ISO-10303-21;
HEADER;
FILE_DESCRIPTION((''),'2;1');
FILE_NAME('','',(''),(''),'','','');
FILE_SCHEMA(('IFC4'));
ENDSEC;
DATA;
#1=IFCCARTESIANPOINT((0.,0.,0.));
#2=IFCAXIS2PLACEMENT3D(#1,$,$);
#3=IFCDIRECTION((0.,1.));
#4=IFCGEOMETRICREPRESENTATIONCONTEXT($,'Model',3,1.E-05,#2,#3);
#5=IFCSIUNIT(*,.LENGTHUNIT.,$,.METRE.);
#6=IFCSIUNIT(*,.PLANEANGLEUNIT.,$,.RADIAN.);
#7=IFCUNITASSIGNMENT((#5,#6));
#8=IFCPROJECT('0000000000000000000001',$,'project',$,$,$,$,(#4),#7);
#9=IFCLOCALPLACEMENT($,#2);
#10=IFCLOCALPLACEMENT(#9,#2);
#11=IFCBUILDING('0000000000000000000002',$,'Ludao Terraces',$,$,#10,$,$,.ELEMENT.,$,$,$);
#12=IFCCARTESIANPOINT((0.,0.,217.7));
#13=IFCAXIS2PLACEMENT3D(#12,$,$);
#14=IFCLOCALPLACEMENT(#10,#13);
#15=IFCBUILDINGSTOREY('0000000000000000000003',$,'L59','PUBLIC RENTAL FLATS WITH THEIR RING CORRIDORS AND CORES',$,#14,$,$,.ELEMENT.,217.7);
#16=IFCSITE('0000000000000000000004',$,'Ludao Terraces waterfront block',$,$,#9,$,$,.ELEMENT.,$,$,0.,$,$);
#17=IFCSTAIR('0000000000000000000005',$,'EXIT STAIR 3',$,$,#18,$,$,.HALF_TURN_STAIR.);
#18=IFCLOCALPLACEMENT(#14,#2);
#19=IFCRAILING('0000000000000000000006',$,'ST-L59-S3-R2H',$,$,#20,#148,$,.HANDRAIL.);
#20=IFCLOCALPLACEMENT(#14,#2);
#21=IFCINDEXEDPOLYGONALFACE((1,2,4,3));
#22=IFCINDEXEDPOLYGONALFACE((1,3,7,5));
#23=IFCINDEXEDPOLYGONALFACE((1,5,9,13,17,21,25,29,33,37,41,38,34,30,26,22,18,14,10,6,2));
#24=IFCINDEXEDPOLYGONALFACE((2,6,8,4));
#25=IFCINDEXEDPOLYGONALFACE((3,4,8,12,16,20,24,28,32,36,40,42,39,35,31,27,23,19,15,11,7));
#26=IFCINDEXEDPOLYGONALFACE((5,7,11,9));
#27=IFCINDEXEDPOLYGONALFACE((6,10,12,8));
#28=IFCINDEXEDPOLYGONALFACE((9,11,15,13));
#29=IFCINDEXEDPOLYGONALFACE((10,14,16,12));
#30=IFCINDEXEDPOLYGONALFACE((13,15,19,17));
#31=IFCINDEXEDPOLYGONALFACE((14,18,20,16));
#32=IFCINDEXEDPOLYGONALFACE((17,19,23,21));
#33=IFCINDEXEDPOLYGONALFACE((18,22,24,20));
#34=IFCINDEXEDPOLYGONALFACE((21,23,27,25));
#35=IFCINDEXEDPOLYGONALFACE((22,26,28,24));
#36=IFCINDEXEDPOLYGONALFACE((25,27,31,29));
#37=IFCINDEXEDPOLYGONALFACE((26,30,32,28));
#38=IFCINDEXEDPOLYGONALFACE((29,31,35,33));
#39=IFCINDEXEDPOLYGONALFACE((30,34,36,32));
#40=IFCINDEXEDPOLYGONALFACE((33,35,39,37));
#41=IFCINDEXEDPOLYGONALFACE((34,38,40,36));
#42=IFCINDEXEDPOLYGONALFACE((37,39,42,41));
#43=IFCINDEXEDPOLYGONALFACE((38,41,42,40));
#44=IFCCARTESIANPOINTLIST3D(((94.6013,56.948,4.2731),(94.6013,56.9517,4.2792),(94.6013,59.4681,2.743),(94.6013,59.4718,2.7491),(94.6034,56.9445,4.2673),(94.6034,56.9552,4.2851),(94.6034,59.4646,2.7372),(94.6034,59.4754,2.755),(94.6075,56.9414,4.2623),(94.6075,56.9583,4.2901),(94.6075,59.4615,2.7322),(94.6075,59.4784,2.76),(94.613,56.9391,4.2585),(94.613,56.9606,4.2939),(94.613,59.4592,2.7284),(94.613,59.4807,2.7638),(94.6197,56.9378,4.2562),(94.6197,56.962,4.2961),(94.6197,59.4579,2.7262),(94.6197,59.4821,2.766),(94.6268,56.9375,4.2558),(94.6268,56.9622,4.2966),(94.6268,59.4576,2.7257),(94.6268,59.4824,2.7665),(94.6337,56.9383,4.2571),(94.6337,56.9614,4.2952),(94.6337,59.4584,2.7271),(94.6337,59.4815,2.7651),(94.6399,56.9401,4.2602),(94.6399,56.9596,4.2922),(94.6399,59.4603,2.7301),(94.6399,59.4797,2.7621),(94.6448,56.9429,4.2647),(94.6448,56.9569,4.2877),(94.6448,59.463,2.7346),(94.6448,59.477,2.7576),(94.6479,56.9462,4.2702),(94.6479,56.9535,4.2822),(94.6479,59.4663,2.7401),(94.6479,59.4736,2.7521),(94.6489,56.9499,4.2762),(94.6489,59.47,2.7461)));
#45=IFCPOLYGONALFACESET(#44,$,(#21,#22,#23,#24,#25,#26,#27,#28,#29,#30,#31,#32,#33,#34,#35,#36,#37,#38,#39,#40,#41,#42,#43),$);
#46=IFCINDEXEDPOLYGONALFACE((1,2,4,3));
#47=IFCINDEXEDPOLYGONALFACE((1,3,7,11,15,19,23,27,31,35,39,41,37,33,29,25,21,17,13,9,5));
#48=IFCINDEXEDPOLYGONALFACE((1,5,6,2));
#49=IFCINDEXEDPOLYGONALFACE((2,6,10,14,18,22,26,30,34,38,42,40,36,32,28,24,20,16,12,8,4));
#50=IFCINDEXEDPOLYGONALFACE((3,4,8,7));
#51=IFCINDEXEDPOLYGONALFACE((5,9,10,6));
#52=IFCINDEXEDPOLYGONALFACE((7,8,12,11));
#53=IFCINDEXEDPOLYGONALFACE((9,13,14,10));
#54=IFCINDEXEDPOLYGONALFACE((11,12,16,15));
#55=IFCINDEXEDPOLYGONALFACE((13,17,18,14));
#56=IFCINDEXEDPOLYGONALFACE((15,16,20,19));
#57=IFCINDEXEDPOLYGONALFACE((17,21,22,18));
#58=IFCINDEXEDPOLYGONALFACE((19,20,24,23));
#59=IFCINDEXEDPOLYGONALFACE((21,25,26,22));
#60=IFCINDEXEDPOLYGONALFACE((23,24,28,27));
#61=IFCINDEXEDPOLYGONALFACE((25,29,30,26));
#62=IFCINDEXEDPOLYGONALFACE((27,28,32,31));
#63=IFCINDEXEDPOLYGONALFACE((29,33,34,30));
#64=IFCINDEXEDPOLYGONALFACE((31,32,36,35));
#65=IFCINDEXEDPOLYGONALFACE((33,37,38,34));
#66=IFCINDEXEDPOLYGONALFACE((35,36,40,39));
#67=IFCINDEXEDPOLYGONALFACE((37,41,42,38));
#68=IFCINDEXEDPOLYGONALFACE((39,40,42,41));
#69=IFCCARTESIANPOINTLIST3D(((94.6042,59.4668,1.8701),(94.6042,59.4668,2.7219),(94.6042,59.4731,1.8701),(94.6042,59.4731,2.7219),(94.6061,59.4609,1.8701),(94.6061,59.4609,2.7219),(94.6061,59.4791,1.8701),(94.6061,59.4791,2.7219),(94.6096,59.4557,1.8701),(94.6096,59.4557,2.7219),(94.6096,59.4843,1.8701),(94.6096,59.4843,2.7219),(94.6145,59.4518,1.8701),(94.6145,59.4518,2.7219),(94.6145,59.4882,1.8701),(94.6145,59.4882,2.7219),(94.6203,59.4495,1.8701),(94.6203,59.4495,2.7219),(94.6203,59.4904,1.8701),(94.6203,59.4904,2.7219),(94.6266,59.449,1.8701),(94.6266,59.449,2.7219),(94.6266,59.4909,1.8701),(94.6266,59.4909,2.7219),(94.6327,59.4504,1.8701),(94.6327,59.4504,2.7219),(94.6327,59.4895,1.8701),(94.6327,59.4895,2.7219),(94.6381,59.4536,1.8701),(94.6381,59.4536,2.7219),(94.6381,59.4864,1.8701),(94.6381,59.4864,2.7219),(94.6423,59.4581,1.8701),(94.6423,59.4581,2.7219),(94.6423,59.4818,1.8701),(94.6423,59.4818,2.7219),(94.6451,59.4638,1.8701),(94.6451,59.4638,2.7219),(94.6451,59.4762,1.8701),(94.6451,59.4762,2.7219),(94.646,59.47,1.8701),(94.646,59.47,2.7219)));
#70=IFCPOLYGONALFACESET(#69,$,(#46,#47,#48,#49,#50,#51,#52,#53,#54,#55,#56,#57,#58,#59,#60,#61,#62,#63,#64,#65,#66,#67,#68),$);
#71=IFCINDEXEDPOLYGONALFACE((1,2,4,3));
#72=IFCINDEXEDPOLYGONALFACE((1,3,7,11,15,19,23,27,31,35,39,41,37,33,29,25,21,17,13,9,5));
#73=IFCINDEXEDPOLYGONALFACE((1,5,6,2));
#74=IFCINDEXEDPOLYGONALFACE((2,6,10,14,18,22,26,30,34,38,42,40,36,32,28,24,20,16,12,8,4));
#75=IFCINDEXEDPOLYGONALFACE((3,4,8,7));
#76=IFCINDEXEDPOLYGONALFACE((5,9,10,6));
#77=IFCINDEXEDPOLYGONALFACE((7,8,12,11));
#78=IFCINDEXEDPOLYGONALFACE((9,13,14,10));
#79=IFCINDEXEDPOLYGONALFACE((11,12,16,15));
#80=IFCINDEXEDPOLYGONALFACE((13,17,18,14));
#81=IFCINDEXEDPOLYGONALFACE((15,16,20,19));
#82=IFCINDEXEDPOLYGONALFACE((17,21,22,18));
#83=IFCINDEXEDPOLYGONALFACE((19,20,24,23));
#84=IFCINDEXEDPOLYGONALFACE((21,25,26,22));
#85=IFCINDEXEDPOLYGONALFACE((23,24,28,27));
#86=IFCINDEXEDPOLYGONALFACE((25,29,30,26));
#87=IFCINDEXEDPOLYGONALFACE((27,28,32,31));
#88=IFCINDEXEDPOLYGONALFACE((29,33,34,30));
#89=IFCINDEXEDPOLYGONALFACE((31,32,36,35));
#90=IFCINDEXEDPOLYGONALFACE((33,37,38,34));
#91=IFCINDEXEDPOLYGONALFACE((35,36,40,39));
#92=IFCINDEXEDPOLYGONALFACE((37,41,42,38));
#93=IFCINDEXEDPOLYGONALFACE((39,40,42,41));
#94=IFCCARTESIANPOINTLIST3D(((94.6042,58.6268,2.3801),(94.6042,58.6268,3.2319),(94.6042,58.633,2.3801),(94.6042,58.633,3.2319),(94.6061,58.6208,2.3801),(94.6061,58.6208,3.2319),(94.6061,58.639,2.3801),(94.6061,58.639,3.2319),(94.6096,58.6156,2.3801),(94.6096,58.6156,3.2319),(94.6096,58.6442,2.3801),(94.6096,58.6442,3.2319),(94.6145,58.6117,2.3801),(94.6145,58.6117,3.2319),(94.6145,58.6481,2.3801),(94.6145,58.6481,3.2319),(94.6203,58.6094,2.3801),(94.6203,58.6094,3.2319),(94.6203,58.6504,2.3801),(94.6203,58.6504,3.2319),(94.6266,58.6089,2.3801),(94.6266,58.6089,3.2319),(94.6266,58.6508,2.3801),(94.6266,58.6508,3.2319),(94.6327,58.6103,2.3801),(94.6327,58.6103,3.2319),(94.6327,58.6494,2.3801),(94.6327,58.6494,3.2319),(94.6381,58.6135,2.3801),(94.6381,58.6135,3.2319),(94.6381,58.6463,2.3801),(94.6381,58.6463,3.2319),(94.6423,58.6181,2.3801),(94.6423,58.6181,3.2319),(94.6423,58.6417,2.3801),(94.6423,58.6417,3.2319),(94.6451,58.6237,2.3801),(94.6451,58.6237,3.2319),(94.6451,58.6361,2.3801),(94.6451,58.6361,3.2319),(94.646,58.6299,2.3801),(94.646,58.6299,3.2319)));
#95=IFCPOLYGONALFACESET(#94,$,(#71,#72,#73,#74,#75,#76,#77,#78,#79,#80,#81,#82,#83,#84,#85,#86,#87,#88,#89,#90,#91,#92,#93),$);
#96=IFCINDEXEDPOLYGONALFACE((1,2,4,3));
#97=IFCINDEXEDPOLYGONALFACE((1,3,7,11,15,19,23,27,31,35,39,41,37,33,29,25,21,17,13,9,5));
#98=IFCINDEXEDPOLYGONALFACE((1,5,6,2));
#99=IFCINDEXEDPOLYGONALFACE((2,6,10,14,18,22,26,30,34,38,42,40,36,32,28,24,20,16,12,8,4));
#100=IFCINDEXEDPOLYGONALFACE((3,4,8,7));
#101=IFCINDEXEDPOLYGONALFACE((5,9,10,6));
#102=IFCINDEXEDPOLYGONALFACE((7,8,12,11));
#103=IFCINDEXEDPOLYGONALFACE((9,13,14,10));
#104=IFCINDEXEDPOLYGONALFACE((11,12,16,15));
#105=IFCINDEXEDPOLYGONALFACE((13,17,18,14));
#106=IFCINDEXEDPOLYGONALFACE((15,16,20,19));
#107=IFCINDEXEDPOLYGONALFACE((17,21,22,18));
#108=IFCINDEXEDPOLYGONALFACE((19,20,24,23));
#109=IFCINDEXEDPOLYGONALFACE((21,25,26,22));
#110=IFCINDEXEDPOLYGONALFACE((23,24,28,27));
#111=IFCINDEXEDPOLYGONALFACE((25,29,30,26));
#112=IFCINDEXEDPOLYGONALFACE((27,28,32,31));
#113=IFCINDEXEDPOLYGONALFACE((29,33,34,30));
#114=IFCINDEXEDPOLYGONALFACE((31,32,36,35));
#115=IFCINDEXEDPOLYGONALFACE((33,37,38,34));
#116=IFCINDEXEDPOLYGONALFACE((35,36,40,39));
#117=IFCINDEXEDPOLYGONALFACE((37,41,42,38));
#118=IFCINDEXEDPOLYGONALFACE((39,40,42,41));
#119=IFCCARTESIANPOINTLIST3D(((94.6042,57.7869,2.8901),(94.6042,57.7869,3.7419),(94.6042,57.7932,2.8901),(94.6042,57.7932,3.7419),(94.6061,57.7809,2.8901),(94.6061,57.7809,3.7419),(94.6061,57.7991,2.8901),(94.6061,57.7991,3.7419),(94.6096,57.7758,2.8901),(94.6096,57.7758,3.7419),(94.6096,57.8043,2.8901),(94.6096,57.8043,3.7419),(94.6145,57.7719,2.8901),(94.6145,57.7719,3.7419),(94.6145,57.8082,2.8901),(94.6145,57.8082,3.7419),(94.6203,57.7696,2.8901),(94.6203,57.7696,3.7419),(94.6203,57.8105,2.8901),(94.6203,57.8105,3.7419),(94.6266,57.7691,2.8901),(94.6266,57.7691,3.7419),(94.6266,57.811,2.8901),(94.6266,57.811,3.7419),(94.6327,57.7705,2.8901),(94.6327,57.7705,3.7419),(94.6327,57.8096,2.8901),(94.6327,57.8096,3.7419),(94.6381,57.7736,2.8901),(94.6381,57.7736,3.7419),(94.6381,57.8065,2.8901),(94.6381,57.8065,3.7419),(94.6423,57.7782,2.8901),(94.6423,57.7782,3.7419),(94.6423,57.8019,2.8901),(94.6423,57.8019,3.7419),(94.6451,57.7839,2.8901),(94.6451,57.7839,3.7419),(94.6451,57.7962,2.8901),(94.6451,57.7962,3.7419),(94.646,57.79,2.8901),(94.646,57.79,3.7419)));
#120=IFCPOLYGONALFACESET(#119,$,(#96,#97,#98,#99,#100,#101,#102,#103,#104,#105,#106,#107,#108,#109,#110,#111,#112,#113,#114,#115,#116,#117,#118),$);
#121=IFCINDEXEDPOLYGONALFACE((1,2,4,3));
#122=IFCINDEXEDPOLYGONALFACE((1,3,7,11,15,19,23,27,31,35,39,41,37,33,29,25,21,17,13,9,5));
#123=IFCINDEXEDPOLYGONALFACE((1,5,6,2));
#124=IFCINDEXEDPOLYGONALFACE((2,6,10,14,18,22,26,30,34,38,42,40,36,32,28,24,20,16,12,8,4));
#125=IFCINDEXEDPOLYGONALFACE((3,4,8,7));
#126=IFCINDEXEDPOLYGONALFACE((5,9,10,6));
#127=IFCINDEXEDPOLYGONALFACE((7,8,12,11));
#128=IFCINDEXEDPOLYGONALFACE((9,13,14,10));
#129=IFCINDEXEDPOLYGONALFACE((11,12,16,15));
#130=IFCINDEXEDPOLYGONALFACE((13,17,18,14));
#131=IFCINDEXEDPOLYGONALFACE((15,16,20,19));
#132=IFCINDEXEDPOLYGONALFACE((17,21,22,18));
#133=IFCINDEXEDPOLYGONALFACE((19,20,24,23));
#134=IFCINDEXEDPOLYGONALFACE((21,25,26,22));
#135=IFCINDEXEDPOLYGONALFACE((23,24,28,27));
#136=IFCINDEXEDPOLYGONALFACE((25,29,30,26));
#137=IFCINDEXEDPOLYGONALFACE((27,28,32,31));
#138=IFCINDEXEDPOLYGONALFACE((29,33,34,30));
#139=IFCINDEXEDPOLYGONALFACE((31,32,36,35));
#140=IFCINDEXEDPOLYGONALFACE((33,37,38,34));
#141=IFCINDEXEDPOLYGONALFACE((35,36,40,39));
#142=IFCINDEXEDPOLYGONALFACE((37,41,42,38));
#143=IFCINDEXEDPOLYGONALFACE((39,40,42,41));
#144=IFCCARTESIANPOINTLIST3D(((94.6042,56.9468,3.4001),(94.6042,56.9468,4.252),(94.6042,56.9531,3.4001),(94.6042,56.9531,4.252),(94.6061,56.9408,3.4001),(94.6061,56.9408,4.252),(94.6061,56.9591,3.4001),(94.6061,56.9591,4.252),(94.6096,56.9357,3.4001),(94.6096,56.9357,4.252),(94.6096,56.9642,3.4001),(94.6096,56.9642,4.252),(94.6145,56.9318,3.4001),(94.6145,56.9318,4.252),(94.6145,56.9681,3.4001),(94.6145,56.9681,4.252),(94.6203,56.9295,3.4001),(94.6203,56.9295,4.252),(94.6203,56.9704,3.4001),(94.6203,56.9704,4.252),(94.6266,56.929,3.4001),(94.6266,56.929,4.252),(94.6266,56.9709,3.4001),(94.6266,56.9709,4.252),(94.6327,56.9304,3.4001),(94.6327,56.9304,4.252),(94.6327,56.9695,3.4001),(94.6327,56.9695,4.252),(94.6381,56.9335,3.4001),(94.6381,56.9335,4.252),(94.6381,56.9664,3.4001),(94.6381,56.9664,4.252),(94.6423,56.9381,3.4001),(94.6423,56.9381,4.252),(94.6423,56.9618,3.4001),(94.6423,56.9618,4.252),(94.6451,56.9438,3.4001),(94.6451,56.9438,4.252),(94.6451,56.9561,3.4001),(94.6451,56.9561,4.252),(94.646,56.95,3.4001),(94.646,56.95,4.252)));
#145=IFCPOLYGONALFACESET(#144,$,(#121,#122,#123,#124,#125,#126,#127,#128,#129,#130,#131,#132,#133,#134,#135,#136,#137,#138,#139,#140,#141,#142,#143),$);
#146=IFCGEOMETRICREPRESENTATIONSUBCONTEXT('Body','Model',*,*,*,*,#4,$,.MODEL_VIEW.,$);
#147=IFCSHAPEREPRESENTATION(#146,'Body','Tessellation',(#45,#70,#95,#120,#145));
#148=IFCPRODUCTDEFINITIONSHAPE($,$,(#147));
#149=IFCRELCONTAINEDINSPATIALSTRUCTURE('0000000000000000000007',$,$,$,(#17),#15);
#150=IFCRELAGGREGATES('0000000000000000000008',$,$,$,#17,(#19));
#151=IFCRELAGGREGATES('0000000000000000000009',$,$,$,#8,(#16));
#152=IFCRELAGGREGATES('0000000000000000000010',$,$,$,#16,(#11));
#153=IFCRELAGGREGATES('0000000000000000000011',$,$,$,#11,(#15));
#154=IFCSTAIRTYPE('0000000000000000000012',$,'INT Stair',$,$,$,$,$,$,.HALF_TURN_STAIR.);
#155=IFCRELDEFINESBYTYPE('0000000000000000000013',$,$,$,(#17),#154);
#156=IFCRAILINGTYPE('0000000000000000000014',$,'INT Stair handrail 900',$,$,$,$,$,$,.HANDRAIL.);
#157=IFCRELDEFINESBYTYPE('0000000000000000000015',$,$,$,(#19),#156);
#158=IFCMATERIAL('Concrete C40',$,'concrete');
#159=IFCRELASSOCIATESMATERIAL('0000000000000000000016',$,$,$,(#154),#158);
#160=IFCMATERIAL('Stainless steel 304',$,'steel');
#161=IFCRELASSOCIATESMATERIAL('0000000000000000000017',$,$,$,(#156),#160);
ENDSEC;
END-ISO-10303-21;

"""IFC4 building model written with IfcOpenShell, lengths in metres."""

from ifc_helpers import new_model, si_unit, direction, frame, origin, origin_2d, place, context, subcontext, project, spatial, circle, extrude, material, type_object, element, aggregate, save


model = new_model("IFC4")

# Units and contexts
model_context = context("Model", 3, precision=1e-05, world=origin(), true_north=direction((0.0, 1.0)))
body_context = subcontext(model_context, "Body", "Model", "MODEL_VIEW")
ifc_project = project(units=[si_unit("LENGTHUNIT", "METRE"), si_unit("PLANEANGLEUNIT", "RADIAN")], contexts=[model_context])

# Site, building, storey
site_placement = place(None, origin())
site = spatial("IfcSite", under=ifc_project, at=site_placement, Name="Ludao Terraces waterfront block", CompositionType="ELEMENT", RefElevation=0.0)
building_placement = place(site_placement, origin())
building = spatial("IfcBuilding", under=site, at=building_placement, Name="Ludao Terraces", CompositionType="ELEMENT")
storey_placement = place(building_placement, frame((0.0, 0.0, 217.7)))
storey = spatial("IfcBuildingStorey", under=building, at=storey_placement, Name="L59", Description="PUBLIC RENTAL FLATS WITH THEIR RING CORRIDORS AND CORES", CompositionType="ELEMENT", Elevation=217.7)

# Shared definitions
ifc_material_1 = material(Name="Concrete C40", Category="concrete")

# Stair, railing
stair_type = type_object("IfcStairType", Name="INT Stair", PredefinedType="HALF_TURN_STAIR", material=ifc_material_1)
stair_placement = place(storey_placement, origin())
stair = element("IfcStair", 1, at=stair_placement, inside=storey, type_object=stair_type, Name="EXIT STAIR 3", PredefinedType="HALF_TURN_STAIR")
ifc_material_2 = material(Name="Stainless steel 304", Category="steel")
railing_type_1 = type_object("IfcRailingType", Name="INT Stair handrail 900", PredefinedType="HANDRAIL", material=ifc_material_2)
railing_1_placement = place(storey_placement, frame((94.625, 59.47, 1.8701)))
railing_1 = element("IfcRailing", 2, at=railing_1_placement, type_object=railing_type_1, Name="ST-L59-S3-R2H", PredefinedType="HANDRAIL", context=body_context, shape_type="SweptSolid", body=[
    extrude(circle(Radius=0.0239, at=origin_2d()), frame((0.0, 0.0, 0.876), z_axis=(0.0, -0.854785, 0.518982), x_axis=(1.0, 0.0, 0.0)), (0.0, 0.0, 1.0), 2.9482),
    extrude(circle(Radius=0.021, at=origin_2d()), origin(), (0.0, 0.0, 1.0), 0.8518),
    extrude(circle(Radius=0.021, at=origin_2d()), frame((0.0, -0.8401, 0.51)), (0.0, 0.0, 1.0), 0.8518),
    extrude(circle(Radius=0.021, at=origin_2d()), frame((0.0, -1.6799, 1.02)), (0.0, 0.0, 1.0), 0.8518),
    extrude(circle(Radius=0.021, at=origin_2d()), frame((0.0, -2.52, 1.53)), (0.0, 0.0, 1.0), 0.8518),
])
aggregate(stair, [railing_1])

save(model, "model.ifc")
